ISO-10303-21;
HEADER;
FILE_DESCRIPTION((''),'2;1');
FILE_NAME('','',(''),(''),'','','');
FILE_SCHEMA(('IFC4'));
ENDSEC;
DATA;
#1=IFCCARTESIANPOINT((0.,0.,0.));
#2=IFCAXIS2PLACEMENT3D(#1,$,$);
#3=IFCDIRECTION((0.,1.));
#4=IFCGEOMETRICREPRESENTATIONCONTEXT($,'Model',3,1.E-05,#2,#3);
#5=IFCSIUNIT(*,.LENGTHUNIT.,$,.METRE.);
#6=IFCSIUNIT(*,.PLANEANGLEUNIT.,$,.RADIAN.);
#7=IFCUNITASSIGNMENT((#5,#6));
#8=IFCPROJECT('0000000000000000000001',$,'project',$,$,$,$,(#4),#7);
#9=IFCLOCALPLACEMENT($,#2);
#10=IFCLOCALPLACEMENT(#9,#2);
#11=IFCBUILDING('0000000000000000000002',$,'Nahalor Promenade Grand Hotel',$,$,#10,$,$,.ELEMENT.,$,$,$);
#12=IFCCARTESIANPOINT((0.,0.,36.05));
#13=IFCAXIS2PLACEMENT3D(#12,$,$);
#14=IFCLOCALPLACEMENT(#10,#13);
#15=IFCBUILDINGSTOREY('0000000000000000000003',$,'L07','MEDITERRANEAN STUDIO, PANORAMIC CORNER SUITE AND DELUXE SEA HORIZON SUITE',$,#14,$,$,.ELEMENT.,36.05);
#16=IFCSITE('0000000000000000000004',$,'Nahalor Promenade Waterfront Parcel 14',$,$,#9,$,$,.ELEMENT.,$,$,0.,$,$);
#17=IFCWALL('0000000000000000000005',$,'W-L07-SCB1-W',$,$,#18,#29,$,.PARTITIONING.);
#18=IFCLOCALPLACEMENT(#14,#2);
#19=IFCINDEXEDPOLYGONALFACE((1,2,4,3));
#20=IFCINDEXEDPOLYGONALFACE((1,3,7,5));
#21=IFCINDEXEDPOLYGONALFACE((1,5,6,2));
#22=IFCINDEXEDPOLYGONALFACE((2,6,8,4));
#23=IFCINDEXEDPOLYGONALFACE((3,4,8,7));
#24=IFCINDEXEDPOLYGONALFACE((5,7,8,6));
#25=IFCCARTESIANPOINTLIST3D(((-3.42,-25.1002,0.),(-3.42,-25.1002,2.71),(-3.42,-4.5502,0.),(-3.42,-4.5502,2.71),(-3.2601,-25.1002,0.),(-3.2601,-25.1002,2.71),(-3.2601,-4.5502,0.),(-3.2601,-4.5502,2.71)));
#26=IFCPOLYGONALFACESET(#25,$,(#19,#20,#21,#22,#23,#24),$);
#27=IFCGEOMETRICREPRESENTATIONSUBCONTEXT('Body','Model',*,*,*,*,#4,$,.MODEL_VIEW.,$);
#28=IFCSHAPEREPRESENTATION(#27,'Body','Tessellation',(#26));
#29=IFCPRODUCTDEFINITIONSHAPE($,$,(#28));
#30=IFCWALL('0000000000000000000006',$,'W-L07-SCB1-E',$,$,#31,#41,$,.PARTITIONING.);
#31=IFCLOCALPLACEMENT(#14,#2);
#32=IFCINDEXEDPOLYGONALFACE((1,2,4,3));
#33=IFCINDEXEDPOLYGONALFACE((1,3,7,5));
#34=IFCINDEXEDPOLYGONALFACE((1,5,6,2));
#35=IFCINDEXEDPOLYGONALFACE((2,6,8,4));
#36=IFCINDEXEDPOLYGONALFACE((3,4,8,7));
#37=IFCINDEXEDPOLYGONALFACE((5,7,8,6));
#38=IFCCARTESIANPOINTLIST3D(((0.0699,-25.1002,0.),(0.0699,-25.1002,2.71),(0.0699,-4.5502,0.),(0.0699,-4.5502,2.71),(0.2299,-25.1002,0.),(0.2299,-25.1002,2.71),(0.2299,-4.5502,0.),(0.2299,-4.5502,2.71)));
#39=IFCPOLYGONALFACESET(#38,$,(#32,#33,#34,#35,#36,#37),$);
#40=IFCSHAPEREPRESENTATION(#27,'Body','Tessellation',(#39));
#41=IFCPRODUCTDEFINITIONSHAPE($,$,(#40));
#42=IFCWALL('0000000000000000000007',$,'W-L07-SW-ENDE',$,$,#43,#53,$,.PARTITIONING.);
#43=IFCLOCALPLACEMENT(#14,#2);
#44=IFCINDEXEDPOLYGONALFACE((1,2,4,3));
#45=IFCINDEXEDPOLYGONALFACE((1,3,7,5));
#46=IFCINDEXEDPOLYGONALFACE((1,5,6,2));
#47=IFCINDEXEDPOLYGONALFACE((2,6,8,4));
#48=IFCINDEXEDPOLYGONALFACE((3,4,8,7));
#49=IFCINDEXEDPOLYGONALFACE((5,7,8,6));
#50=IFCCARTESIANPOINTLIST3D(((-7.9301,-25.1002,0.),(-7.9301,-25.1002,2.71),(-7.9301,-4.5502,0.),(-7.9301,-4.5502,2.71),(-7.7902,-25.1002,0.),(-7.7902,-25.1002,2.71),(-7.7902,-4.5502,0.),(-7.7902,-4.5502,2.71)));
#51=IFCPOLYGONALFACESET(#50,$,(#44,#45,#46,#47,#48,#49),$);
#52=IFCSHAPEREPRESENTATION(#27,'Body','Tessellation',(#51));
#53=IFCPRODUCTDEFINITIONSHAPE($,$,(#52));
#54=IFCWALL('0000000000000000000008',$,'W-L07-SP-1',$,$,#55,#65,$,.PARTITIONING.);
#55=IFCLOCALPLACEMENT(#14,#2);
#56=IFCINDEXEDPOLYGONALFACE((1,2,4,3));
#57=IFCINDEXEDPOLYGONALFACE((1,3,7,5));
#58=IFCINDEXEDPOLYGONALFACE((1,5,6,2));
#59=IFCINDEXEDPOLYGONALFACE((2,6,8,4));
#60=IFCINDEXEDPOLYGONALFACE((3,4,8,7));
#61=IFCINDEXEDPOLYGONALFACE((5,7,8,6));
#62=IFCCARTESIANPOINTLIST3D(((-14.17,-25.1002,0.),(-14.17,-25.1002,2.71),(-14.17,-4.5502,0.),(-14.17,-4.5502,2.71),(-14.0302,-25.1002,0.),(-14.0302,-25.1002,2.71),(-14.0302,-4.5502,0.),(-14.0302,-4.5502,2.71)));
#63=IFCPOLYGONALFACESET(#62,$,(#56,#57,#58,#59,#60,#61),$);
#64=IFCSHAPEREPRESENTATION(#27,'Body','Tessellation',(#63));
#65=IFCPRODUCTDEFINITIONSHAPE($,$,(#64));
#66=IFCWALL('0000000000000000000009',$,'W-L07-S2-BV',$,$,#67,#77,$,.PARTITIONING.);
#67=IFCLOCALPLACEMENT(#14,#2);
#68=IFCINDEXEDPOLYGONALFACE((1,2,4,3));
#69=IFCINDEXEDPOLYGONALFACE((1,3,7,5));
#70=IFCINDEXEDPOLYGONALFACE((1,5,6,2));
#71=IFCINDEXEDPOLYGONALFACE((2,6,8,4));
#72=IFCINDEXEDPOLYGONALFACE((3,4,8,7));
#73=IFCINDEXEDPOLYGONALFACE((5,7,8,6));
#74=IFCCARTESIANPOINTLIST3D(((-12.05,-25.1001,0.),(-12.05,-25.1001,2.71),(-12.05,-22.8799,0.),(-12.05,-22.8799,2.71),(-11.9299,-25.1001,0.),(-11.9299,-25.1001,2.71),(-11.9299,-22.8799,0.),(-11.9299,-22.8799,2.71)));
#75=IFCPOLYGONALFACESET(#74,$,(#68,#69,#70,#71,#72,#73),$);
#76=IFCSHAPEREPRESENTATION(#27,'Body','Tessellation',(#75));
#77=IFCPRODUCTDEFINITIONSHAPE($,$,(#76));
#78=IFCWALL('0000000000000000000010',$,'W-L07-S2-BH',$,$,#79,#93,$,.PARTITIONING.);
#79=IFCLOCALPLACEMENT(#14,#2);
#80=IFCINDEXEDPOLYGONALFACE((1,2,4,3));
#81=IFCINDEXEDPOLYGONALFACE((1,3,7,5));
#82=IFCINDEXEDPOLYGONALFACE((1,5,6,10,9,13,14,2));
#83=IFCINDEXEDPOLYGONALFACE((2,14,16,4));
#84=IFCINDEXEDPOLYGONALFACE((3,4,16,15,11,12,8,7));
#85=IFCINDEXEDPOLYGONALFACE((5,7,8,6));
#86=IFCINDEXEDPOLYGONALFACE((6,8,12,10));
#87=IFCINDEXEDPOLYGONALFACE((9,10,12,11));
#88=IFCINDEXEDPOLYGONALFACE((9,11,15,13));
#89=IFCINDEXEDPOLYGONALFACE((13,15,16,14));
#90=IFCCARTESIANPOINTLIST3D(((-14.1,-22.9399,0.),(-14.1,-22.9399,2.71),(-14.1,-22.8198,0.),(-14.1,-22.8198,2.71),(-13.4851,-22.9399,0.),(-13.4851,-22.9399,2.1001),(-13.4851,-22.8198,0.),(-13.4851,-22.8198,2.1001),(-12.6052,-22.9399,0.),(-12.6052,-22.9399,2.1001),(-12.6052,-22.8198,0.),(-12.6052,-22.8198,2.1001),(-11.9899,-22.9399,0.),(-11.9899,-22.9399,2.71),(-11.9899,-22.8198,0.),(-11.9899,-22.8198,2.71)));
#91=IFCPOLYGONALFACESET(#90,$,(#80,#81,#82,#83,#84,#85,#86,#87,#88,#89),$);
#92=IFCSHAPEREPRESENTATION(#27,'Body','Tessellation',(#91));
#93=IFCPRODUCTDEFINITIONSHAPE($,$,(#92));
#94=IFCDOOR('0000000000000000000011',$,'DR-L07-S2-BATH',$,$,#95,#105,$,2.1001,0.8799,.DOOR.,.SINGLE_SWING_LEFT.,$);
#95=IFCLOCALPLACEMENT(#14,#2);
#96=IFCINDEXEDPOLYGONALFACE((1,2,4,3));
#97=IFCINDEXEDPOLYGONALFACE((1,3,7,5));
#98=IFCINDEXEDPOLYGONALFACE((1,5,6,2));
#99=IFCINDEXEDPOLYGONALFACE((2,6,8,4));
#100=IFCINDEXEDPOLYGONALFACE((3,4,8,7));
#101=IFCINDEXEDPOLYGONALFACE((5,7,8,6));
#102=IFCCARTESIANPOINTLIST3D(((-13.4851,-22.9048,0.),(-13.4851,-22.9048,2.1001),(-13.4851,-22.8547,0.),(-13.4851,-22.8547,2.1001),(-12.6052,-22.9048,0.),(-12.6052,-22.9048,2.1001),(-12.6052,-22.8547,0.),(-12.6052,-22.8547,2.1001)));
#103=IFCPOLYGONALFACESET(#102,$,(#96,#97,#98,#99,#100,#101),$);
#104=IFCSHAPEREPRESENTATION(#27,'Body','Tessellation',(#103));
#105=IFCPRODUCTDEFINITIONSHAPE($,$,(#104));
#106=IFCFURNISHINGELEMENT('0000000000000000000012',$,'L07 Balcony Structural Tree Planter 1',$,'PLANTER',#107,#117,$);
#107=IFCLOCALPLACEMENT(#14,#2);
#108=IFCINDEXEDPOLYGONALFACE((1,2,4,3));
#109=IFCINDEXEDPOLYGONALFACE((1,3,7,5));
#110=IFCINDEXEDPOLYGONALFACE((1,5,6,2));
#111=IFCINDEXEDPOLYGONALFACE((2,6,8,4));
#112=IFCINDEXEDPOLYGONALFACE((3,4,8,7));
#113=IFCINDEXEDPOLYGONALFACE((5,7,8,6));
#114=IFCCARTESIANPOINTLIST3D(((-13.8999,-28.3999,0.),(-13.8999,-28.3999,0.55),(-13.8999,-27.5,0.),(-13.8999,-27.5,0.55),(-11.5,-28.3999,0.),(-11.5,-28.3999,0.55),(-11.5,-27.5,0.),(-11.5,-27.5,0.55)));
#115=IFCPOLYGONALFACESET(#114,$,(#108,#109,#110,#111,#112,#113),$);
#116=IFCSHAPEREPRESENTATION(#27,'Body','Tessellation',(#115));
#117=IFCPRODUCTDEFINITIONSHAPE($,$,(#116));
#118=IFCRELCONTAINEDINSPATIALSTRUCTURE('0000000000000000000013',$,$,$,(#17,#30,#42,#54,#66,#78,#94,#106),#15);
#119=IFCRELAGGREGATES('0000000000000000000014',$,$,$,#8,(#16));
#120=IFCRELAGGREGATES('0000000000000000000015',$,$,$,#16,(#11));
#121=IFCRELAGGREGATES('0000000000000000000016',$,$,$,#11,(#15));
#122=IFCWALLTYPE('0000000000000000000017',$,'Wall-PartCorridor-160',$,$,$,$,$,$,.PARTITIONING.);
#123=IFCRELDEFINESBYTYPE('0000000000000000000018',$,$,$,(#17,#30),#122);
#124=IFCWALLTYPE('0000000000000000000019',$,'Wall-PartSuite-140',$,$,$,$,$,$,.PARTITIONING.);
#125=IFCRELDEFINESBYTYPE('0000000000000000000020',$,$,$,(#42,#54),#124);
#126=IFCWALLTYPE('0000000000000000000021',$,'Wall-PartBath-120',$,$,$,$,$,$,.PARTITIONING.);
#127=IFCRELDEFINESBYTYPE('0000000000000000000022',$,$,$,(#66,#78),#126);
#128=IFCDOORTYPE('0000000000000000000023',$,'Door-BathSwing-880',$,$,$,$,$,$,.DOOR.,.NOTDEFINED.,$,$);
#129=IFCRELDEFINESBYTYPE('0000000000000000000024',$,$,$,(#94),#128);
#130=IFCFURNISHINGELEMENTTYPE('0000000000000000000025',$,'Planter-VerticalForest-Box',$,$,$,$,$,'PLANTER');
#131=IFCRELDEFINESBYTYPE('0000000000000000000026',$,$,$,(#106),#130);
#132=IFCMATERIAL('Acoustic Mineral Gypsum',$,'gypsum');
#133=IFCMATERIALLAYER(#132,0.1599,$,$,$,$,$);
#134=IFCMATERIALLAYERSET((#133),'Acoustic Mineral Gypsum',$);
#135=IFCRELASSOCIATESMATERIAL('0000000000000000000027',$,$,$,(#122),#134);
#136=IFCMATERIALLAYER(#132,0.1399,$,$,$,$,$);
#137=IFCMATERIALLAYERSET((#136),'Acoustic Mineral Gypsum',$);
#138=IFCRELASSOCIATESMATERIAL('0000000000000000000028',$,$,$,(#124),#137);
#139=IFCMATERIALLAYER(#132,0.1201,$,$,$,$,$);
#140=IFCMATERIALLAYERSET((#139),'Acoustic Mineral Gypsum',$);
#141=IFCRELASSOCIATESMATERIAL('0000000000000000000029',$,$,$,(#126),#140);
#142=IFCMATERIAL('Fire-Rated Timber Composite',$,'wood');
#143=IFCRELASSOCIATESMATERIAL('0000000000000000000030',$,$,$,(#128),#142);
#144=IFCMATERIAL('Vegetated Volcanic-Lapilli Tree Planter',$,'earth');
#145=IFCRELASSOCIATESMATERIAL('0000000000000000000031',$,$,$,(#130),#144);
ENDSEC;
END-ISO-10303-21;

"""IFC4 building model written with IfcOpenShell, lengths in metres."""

from ifc_helpers import new_model, si_unit, direction, frame, frame_2d, origin, origin_2d, place, context, subcontext, project, spatial, rectangle, extrude, source, transform, mapped, material, layer, layer_set, type_object, element, fill, save


model = new_model("IFC4")

# Units and contexts
model_context = context("Model", 3, precision=1e-05, world=origin(), true_north=direction((0.0, 1.0)))
body_context = subcontext(model_context, "Body", "Model", "MODEL_VIEW")
ifc_project = project(units=[si_unit("LENGTHUNIT", "METRE"), si_unit("PLANEANGLEUNIT", "RADIAN")], contexts=[model_context])

# Site, building, storey
site_placement = place(None, origin())
site = spatial("IfcSite", under=ifc_project, at=site_placement, Name="Nahalor Promenade Waterfront Parcel 14", CompositionType="ELEMENT", RefElevation=0.0)
building_placement = place(site_placement, origin())
building = spatial("IfcBuilding", under=site, at=building_placement, Name="Nahalor Promenade Grand Hotel", CompositionType="ELEMENT")
storey_placement = place(building_placement, frame((0.0, 0.0, 36.05)))
storey = spatial("IfcBuildingStorey", under=building, at=storey_placement, Name="L07", Description="MEDITERRANEAN STUDIO, PANORAMIC CORNER SUITE AND DELUXE SEA HORIZON SUITE", CompositionType="ELEMENT", Elevation=36.05)

# Walls
ifc_material_1 = material(Name="Acoustic Mineral Gypsum", Category="gypsum")
ifc_layer_1 = layer(ifc_material_1, 0.1599)
ifc_layer_set_1 = layer_set([ifc_layer_1], Name="Acoustic Mineral Gypsum")
wall_type_1 = type_object("IfcWallType", Name="Wall-PartCorridor-160", PredefinedType="PARTITIONING", material=ifc_layer_set_1)
shared_shape_1 = source(origin(), body_context, "Body", "SweptSolid", [
    extrude(rectangle(XDim=20.55, YDim=0.1599, at=frame_2d((10.2749, 0.0))), origin(), (0.0, 0.0, 1.0), 2.71),
])
for number, where, z_axis, x_axis, name in (
    (1, (-3.3401, -25.1001, 0.0), (0.0, 0.0, 1.0), (0.0, 1.0, 0.0), "W-L07-SCB1-W"),
    (2, (0.1499, -25.1001, 0.0), (0.0, 0.0, 1.0), (0.0, 1.0, 0.0), "W-L07-SCB1-E"),
):
    element("IfcWall", number, at=place(storey_placement, frame(where, z_axis=z_axis, x_axis=x_axis)), inside=storey, type_object=wall_type_1, Name=name, PredefinedType="PARTITIONING", context=body_context, shape_type="MappedRepresentation", body=[
        mapped(shared_shape_1, transform((0.0, 0.0, 0.0), scale=1.0)),
    ])
ifc_layer_2 = layer(ifc_material_1, 0.1399)
ifc_layer_set_2 = layer_set([ifc_layer_2], Name="Acoustic Mineral Gypsum")
wall_type_2 = type_object("IfcWallType", Name="Wall-PartSuite-140", PredefinedType="PARTITIONING", material=ifc_layer_set_2)
shared_shape_2 = source(origin(), body_context, "Body", "SweptSolid", [
    extrude(rectangle(XDim=20.55, YDim=0.1399, at=frame_2d((10.2749, 0.0))), origin(), (0.0, 0.0, 1.0), 2.71),
])
for number, where, z_axis, x_axis, name in (
    (3, (-7.8601, -25.1001, 0.0), (0.0, 0.0, 1.0), (0.0, 1.0, 0.0), "W-L07-SW-ENDE"),
    (4, (-14.1001, -25.1001, 0.0), (0.0, 0.0, 1.0), (0.0, 1.0, 0.0), "W-L07-SP-1"),
):
    element("IfcWall", number, at=place(storey_placement, frame(where, z_axis=z_axis, x_axis=x_axis)), inside=storey, type_object=wall_type_2, Name=name, PredefinedType="PARTITIONING", context=body_context, shape_type="MappedRepresentation", body=[
        mapped(shared_shape_2, transform((0.0, 0.0, 0.0), scale=1.0)),
    ])
ifc_layer_3 = layer(ifc_material_1, 0.1201)
ifc_layer_set_3 = layer_set([ifc_layer_3], Name="Acoustic Mineral Gypsum")
wall_type_3 = type_object("IfcWallType", Name="Wall-PartBath-120", PredefinedType="PARTITIONING", material=ifc_layer_set_3)
shared_shape_3 = source(origin(), body_context, "Body", "SweptSolid", [
    extrude(rectangle(XDim=2.2202, YDim=0.1201, at=frame_2d((1.1101, 0.0))), origin(), (0.0, 0.0, 1.0), 2.71),
])
wall_1_placement = place(storey_placement, frame((-11.99, -25.1001, 0.0), z_axis=(0.0, 0.0, 1.0), x_axis=(0.0, 1.0, 0.0)))
element("IfcWall", 5, at=wall_1_placement, inside=storey, type_object=wall_type_3, Name="W-L07-S2-BV", PredefinedType="PARTITIONING", context=body_context, shape_type="MappedRepresentation", body=[
    mapped(shared_shape_3, transform((0.0, 0.0, 0.0), scale=1.0)),
])

# Wall, opening, door
shared_shape_4 = source(origin(), body_context, "Body", "SweptSolid", [
    extrude(rectangle(XDim=2.1101, YDim=0.1201, at=frame_2d((1.0552, 0.0))), origin(), (0.0, 0.0, 1.0), 2.71),
])
wall_2_placement = place(storey_placement, frame((-14.1001, -22.8799, 0.0), z_axis=(0.0, 0.0, 1.0), x_axis=(1.0, 0.0, 0.0)))
wall_2 = element("IfcWall", 6, at=wall_2_placement, inside=storey, type_object=wall_type_3, Name="W-L07-S2-BH", PredefinedType="PARTITIONING", context=body_context, shape_type="MappedRepresentation", body=[
    mapped(shared_shape_4, transform((0.0, 0.0, 0.0), scale=1.0)),
])
opening_placement = place(wall_2_placement, frame((0.615, 0.0, 0.0)))
opening = element("IfcOpeningElement", 7, at=opening_placement, cuts=wall_2, PredefinedType="OPENING", context=body_context, shape_type="SweptSolid", body=[
    extrude(rectangle(XDim=0.8799, YDim=2.1001, at=frame_2d((0.4399, 1.05))), frame((0.0, 0.0701, 0.0), z_axis=(0.0, -1.0, 0.0), x_axis=(1.0, 0.0, 0.0)), (0.0, 0.0, 1.0), 0.1401),
])
ifc_material_2 = material(Name="Fire-Rated Timber Composite", Category="wood")
door_type = type_object("IfcDoorType", Name="Door-BathSwing-880", OperationType="NOTDEFINED", PredefinedType="DOOR", material=ifc_material_2)
shared_shape_5 = source(origin(), body_context, "Body", "SweptSolid", [
    extrude(rectangle(XDim=0.8799, YDim=2.1001, at=frame_2d((0.4399, 1.05))), frame((0.0, 0.0249, 0.0), z_axis=(0.0, -1.0, 0.0), x_axis=(1.0, 0.0, 0.0)), (0.0, 0.0, 1.0), 0.05),
])
door_placement = place(opening_placement, frame((0.8799, 0.0, 0.0), z_axis=(0.0, 0.0, 1.0), x_axis=(-1.0, 0.0, 0.0)))
door = element("IfcDoor", 8, at=door_placement, inside=storey, type_object=door_type, Name="DR-L07-S2-BATH", OperationType="SINGLE_SWING_LEFT", OverallHeight=2.1001, OverallWidth=0.8799, PredefinedType="DOOR", context=body_context, shape_type="MappedRepresentation", body=[
    mapped(shared_shape_5, transform((0.0, 0.0, 0.0), scale=1.0)),
])
fill(opening, door)

# Furnishing element
ifc_material_3 = material(Name="Vegetated Volcanic-Lapilli Tree Planter", Category="earth")
furnishing_element_type = type_object("IfcFurnishingElementType", Name="Planter-VerticalForest-Box", ElementType="PLANTER", material=ifc_material_3)
shared_shape_6 = source(origin(), body_context, "Body", "SweptSolid", [
    extrude(rectangle(XDim=2.3999, YDim=0.8999, at=origin_2d()), origin(), (0.0, 0.0, 1.0), 0.55),
])
furnishing_placement = place(storey_placement, frame((-12.7, -27.95, 0.0), z_axis=(0.0, 0.0, 1.0), x_axis=(1.0, 0.0, 0.0)))
element("IfcFurnishingElement", 9, at=furnishing_placement, inside=storey, type_object=furnishing_element_type, Name="L07 Balcony Structural Tree Planter 1", ObjectType="PLANTER", context=body_context, shape_type="MappedRepresentation", body=[
    mapped(shared_shape_6, transform((0.0, 0.0, 0.0), scale=1.0)),
])

save(model, "model.ifc")
